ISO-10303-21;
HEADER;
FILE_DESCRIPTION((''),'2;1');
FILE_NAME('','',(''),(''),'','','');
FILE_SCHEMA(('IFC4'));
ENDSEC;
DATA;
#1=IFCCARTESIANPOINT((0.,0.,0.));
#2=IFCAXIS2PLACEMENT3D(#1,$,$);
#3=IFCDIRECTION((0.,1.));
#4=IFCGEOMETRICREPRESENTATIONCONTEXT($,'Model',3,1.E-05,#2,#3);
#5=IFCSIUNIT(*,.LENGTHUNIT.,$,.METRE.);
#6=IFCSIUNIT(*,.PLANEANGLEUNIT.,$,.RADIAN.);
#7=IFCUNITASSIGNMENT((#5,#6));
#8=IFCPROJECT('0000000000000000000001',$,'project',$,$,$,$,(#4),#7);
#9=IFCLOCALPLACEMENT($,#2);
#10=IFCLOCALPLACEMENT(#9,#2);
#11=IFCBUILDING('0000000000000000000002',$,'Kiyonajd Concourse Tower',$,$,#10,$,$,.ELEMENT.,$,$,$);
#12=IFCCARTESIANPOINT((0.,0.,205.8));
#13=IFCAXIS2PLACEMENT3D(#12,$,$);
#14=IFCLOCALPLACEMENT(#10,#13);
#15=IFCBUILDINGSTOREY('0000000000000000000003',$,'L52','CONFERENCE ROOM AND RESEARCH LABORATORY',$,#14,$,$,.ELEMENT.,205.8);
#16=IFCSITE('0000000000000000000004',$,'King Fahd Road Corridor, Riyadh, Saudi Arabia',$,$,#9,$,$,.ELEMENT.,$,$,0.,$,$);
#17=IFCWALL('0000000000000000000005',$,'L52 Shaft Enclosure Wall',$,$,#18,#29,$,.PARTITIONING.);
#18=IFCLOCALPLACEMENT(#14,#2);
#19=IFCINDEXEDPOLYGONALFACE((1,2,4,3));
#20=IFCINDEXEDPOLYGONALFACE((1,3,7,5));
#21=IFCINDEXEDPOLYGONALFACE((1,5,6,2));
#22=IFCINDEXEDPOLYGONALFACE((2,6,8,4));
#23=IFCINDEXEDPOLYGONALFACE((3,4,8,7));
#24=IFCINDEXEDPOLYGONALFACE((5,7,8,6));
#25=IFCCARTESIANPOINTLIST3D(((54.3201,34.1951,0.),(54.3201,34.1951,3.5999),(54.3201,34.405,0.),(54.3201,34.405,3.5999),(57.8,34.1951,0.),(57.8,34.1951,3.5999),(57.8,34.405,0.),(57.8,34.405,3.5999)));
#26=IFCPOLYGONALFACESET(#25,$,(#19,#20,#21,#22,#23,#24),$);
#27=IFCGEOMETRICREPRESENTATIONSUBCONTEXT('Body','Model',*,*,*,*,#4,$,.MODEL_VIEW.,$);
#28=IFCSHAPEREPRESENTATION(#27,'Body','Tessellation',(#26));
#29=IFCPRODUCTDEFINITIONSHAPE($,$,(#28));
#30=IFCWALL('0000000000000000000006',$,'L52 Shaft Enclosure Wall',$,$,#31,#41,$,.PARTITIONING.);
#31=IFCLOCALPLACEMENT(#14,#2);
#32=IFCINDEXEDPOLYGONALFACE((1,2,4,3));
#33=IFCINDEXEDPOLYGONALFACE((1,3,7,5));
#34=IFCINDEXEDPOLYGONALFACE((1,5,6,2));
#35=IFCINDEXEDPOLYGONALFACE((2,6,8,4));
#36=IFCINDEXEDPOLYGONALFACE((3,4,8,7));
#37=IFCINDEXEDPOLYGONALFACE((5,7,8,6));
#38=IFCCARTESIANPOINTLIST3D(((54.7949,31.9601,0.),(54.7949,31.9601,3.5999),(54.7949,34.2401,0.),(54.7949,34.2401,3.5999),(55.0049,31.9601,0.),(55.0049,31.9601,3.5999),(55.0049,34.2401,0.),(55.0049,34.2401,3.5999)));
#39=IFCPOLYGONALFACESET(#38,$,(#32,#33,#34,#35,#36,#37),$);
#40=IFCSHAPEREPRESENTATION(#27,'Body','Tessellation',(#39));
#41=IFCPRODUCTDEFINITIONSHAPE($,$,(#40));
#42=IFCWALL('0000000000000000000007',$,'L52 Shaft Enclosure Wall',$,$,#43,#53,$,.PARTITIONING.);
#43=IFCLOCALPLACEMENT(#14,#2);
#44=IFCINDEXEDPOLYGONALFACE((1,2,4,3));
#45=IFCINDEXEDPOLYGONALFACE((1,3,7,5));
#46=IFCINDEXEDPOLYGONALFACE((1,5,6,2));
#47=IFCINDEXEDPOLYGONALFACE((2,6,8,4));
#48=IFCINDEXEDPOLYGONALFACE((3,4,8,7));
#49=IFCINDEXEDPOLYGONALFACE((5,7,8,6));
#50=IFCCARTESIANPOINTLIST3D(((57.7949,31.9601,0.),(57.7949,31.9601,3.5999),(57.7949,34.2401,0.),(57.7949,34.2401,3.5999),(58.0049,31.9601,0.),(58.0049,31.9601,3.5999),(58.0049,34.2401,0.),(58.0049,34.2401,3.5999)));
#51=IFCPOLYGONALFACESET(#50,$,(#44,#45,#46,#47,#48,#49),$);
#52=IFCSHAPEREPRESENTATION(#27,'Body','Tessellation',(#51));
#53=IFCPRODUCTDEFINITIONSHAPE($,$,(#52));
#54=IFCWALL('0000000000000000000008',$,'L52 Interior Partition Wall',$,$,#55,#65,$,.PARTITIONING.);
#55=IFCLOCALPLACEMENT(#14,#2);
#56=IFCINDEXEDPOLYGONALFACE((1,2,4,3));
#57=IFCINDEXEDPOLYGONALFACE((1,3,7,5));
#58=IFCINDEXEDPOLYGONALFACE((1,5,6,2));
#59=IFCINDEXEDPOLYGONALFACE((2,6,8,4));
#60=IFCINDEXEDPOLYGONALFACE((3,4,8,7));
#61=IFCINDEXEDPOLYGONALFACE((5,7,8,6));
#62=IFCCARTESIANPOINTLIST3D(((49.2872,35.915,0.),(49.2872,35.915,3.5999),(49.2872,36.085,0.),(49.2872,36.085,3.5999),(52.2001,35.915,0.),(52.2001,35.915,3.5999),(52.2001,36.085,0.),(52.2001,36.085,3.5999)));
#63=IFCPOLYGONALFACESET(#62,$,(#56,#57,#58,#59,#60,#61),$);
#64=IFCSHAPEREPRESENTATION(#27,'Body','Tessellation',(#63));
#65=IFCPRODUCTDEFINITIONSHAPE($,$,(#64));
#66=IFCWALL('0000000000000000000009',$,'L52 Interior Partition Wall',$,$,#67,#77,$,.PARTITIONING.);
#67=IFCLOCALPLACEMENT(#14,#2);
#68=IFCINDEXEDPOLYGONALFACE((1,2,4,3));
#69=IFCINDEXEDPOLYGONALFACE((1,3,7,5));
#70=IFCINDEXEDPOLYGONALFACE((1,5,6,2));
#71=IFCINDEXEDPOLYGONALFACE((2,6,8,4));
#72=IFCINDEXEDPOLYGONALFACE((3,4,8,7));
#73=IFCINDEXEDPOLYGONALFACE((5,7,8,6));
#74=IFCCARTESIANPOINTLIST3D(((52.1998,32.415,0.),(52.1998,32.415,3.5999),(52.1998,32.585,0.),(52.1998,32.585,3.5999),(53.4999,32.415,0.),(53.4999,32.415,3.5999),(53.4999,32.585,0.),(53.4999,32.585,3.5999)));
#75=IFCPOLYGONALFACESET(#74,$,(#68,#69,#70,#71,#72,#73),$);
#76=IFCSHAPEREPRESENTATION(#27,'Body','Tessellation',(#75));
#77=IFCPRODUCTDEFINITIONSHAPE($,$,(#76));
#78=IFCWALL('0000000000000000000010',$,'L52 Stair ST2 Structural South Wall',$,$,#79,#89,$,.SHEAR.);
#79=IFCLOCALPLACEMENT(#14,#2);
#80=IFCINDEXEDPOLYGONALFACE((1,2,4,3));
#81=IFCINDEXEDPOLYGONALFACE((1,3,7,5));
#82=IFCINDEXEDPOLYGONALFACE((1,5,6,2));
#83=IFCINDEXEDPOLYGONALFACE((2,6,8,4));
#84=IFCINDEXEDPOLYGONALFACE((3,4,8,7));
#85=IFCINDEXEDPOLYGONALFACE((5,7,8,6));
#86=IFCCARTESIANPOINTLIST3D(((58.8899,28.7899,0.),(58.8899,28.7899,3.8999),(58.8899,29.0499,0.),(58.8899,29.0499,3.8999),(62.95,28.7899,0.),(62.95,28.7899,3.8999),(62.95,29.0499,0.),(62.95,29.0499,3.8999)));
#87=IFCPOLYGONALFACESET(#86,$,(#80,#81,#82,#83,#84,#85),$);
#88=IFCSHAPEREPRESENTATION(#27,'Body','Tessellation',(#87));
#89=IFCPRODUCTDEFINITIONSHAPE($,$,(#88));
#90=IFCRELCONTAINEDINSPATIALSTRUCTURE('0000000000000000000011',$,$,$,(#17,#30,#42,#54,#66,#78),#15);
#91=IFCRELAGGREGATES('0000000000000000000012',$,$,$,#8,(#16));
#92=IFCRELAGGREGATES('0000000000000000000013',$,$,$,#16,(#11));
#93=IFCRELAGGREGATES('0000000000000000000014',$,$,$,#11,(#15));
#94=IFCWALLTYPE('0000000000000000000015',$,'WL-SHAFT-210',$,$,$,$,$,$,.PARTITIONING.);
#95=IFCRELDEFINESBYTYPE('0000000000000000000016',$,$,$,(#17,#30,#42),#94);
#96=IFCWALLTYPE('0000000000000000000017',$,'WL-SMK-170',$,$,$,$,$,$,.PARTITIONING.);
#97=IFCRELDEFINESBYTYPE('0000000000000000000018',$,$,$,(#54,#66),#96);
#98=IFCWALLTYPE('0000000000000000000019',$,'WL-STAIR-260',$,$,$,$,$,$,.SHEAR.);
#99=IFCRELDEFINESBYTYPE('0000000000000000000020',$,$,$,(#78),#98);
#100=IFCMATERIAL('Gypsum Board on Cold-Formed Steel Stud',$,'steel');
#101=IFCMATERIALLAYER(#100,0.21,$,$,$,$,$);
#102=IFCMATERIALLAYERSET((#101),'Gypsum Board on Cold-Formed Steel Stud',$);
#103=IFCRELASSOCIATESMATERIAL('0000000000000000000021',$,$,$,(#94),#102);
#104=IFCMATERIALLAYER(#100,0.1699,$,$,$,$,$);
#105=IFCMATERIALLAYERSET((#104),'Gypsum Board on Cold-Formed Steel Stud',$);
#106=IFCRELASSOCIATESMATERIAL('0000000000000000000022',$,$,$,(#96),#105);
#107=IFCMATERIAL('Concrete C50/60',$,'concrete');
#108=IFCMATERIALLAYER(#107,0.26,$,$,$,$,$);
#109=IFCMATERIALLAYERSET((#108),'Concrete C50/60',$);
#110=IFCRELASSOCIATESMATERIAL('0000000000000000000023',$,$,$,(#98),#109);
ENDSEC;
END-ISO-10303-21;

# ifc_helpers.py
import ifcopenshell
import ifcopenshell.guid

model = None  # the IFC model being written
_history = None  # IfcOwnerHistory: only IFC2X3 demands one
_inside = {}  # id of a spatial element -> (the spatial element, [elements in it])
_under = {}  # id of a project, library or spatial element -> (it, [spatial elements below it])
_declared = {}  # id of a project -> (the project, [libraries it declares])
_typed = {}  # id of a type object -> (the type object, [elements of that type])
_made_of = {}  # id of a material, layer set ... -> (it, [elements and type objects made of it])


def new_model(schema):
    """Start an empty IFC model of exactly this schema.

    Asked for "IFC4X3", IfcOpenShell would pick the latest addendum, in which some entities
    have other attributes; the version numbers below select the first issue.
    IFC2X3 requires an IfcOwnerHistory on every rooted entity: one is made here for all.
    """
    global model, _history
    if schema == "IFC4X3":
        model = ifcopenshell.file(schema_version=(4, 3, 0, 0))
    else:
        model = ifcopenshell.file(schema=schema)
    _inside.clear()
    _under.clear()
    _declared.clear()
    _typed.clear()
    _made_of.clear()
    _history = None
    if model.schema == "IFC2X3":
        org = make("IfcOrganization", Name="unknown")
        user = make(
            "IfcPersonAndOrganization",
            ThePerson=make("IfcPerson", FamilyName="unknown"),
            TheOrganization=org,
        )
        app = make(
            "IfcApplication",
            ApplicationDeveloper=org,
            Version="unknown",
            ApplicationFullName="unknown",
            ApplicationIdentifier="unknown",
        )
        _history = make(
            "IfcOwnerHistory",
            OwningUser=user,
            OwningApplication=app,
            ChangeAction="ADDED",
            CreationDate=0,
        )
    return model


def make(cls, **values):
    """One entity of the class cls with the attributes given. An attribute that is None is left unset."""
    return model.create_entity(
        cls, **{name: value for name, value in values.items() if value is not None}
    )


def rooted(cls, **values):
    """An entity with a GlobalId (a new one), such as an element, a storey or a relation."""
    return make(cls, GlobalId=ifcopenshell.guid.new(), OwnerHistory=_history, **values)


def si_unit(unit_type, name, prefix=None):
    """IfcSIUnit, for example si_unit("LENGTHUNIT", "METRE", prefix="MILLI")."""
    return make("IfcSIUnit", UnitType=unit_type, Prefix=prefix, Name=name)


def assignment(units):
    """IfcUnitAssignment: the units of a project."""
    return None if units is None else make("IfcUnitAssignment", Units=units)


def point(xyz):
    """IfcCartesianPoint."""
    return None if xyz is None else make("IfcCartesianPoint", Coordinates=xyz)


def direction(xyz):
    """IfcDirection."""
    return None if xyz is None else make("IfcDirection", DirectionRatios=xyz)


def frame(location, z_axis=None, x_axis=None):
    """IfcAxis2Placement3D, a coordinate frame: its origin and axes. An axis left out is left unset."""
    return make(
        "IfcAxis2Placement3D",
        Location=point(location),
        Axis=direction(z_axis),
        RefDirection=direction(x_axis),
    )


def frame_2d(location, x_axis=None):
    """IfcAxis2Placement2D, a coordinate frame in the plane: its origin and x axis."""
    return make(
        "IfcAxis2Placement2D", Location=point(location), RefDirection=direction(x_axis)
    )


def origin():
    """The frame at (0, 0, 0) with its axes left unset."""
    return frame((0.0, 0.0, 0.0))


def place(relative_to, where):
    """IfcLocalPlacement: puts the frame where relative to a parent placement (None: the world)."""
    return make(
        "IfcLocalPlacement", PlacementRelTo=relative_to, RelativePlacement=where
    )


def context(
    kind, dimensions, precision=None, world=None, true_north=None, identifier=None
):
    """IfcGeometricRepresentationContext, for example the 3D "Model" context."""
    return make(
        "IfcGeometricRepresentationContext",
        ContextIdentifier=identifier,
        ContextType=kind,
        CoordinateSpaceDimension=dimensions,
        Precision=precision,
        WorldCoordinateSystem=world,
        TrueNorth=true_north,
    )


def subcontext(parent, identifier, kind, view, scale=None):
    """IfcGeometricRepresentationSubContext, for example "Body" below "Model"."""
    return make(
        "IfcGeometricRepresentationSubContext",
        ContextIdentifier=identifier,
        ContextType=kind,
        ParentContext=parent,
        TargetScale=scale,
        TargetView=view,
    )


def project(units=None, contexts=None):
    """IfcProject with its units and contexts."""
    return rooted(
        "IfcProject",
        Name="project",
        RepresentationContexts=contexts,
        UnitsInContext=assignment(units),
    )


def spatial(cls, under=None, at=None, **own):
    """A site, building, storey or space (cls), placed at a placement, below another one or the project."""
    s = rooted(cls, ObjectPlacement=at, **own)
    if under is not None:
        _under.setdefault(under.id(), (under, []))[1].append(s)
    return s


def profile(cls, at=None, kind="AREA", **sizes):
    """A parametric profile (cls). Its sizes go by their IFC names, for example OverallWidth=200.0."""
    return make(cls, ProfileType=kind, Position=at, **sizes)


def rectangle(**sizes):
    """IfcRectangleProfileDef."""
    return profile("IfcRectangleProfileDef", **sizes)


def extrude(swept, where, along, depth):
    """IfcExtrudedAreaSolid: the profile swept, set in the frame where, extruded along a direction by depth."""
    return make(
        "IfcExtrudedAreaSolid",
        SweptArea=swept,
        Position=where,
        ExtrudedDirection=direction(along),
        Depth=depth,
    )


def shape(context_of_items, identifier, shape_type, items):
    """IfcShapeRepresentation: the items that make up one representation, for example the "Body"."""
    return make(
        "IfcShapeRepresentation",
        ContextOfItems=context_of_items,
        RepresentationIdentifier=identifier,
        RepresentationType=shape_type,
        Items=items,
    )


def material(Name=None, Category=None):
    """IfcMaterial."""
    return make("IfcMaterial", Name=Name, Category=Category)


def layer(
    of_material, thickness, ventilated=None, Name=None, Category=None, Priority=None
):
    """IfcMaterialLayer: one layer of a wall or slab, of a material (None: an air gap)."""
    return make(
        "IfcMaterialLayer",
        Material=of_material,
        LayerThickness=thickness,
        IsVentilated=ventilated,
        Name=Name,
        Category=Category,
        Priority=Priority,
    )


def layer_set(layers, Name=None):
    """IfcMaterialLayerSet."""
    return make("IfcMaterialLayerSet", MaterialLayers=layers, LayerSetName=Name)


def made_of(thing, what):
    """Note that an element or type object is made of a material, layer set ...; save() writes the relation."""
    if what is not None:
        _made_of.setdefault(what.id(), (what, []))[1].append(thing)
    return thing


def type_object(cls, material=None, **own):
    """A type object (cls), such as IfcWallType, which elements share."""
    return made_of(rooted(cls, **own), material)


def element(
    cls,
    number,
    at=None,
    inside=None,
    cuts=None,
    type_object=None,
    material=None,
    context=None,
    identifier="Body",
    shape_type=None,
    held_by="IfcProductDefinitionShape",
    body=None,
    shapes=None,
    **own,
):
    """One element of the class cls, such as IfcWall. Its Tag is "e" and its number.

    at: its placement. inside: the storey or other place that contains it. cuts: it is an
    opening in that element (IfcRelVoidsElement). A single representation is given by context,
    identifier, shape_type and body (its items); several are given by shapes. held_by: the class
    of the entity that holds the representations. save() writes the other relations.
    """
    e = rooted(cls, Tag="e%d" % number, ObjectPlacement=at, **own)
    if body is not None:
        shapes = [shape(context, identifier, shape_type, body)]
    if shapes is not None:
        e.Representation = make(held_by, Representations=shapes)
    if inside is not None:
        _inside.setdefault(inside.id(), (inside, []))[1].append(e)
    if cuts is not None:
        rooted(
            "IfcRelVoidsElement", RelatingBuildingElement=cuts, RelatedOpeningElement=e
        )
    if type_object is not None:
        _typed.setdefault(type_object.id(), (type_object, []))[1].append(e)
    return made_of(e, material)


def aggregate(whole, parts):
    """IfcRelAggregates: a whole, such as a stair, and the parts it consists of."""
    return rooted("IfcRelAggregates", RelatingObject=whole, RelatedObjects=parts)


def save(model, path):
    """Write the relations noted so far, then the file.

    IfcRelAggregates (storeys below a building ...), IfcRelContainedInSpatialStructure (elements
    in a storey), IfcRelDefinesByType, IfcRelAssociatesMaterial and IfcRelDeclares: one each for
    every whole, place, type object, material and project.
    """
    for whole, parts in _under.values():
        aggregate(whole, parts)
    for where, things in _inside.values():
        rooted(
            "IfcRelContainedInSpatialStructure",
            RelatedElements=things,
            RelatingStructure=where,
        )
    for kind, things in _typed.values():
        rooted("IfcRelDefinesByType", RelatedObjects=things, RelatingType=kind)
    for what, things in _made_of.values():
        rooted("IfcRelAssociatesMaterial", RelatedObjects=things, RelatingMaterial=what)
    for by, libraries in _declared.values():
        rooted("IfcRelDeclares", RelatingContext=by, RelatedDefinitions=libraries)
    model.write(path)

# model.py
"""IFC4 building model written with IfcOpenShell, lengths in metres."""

from ifc_helpers import new_model, si_unit, direction, frame, frame_2d, origin, place, context, subcontext, project, spatial, rectangle, extrude, material, layer, layer_set, type_object, element, save


model = new_model("IFC4")

# Units and contexts
model_context = context("Model", 3, precision=1e-05, world=origin(), true_north=direction((0.0, 1.0)))
body_context = subcontext(model_context, "Body", "Model", "MODEL_VIEW")
ifc_project = project(units=[si_unit("LENGTHUNIT", "METRE"), si_unit("PLANEANGLEUNIT", "RADIAN")], contexts=[model_context])

# Site, building, storey
site_placement = place(None, origin())
site = spatial("IfcSite", under=ifc_project, at=site_placement, Name="King Fahd Road Corridor, Riyadh, Saudi Arabia", CompositionType="ELEMENT", RefElevation=0.0)
building_placement = place(site_placement, origin())
building = spatial("IfcBuilding", under=site, at=building_placement, Name="Kiyonajd Concourse Tower", CompositionType="ELEMENT")
storey_placement = place(building_placement, frame((0.0, 0.0, 205.8)))
storey = spatial("IfcBuildingStorey", under=building, at=storey_placement, Name="L52", Description="CONFERENCE ROOM AND RESEARCH LABORATORY", CompositionType="ELEMENT", Elevation=205.8)

# Shared definitions
ifc_material_1 = material(Name="Concrete C50/60", Category="concrete")

# Shared definitions
ifc_material_2 = material(Name="Gypsum Board on Cold-Formed Steel Stud", Category="steel")

# Shared definitions
ifc_layer_1 = layer(ifc_material_2, 0.21)
ifc_layer_set_1 = layer_set([ifc_layer_1], Name="Gypsum Board on Cold-Formed Steel Stud")
wall_type_1 = type_object("IfcWallType", Name="WL-SHAFT-210", PredefinedType="PARTITIONING", material=ifc_layer_set_1)

# Walls
wall_1_placement = place(storey_placement, frame((54.3201, 34.3, 0.0), z_axis=(0.0, 0.0, 1.0), x_axis=(1.0, 0.0, 0.0)))
element("IfcWall", 1, at=wall_1_placement, inside=storey, type_object=wall_type_1, Name="L52 Shaft Enclosure Wall", PredefinedType="PARTITIONING", context=body_context, shape_type="SweptSolid", body=[
    extrude(rectangle(XDim=3.48, YDim=0.21, at=frame_2d((1.74, 0.0))), origin(), (0.0, 0.0, 1.0), 3.5999),
])
for number, where, z_axis, x_axis, name in (
    (2, (54.8999, 31.96, 0.0), (0.0, 0.0, 1.0), (0.0, 1.0, 0.0), "L52 Shaft Enclosure Wall"),
    (3, (57.8999, 31.96, 0.0), (0.0, 0.0, 1.0), (0.0, 1.0, 0.0), "L52 Shaft Enclosure Wall"),
):
    element("IfcWall", number, at=place(storey_placement, frame(where, z_axis=z_axis, x_axis=x_axis)), inside=storey, type_object=wall_type_1, Name=name, PredefinedType="PARTITIONING", context=body_context, shape_type="SweptSolid", body=[
        extrude(rectangle(XDim=2.28, YDim=0.21, at=frame_2d((1.1401, 0.0))), origin(), (0.0, 0.0, 1.0), 3.5999),
    ])
ifc_layer_2 = layer(ifc_material_2, 0.1699)
ifc_layer_set_2 = layer_set([ifc_layer_2], Name="Gypsum Board on Cold-Formed Steel Stud")
wall_type_2 = type_object("IfcWallType", Name="WL-SMK-170", PredefinedType="PARTITIONING", material=ifc_layer_set_2)
wall_2_placement = place(storey_placement, frame((49.2871, 36.0, 0.0), z_axis=(0.0, 0.0, 1.0), x_axis=(1.0, 0.0, 0.0)))
element("IfcWall", 4, at=wall_2_placement, inside=storey, type_object=wall_type_2, Name="L52 Interior Partition Wall", PredefinedType="PARTITIONING", context=body_context, shape_type="SweptSolid", body=[
    extrude(rectangle(XDim=2.9128, YDim=0.1699, at=frame_2d((1.4565, 0.0))), origin(), (0.0, 0.0, 1.0), 3.5999),
])
wall_3_placement = place(storey_placement, frame((52.2, 32.5, 0.0), z_axis=(0.0, 0.0, 1.0), x_axis=(1.0, 0.0, 0.0)))
element("IfcWall", 5, at=wall_3_placement, inside=storey, type_object=wall_type_2, Name="L52 Interior Partition Wall", PredefinedType="PARTITIONING", context=body_context, shape_type="SweptSolid", body=[
    extrude(rectangle(XDim=1.3, YDim=0.1699, at=frame_2d((0.6499, 0.0))), origin(), (0.0, 0.0, 1.0), 3.5999),
])
ifc_layer_3 = layer(ifc_material_1, 0.26)
ifc_layer_set_3 = layer_set([ifc_layer_3], Name="Concrete C50/60")
wall_type_3 = type_object("IfcWallType", Name="WL-STAIR-260", PredefinedType="SHEAR", material=ifc_layer_set_3)
wall_4_placement = place(storey_placement, frame((58.8899, 28.9199, 0.0), z_axis=(0.0, 0.0, 1.0), x_axis=(1.0, 0.0, 0.0)))
element("IfcWall", 6, at=wall_4_placement, inside=storey, type_object=wall_type_3, Name="L52 Stair ST2 Structural South Wall", PredefinedType="SHEAR", context=body_context, shape_type="SweptSolid", body=[
    extrude(rectangle(XDim=4.0601, YDim=0.26, at=frame_2d((2.03, 0.0))), origin(), (0.0, 0.0, 1.0), 3.8999),
])

save(model, "model.ifc")
